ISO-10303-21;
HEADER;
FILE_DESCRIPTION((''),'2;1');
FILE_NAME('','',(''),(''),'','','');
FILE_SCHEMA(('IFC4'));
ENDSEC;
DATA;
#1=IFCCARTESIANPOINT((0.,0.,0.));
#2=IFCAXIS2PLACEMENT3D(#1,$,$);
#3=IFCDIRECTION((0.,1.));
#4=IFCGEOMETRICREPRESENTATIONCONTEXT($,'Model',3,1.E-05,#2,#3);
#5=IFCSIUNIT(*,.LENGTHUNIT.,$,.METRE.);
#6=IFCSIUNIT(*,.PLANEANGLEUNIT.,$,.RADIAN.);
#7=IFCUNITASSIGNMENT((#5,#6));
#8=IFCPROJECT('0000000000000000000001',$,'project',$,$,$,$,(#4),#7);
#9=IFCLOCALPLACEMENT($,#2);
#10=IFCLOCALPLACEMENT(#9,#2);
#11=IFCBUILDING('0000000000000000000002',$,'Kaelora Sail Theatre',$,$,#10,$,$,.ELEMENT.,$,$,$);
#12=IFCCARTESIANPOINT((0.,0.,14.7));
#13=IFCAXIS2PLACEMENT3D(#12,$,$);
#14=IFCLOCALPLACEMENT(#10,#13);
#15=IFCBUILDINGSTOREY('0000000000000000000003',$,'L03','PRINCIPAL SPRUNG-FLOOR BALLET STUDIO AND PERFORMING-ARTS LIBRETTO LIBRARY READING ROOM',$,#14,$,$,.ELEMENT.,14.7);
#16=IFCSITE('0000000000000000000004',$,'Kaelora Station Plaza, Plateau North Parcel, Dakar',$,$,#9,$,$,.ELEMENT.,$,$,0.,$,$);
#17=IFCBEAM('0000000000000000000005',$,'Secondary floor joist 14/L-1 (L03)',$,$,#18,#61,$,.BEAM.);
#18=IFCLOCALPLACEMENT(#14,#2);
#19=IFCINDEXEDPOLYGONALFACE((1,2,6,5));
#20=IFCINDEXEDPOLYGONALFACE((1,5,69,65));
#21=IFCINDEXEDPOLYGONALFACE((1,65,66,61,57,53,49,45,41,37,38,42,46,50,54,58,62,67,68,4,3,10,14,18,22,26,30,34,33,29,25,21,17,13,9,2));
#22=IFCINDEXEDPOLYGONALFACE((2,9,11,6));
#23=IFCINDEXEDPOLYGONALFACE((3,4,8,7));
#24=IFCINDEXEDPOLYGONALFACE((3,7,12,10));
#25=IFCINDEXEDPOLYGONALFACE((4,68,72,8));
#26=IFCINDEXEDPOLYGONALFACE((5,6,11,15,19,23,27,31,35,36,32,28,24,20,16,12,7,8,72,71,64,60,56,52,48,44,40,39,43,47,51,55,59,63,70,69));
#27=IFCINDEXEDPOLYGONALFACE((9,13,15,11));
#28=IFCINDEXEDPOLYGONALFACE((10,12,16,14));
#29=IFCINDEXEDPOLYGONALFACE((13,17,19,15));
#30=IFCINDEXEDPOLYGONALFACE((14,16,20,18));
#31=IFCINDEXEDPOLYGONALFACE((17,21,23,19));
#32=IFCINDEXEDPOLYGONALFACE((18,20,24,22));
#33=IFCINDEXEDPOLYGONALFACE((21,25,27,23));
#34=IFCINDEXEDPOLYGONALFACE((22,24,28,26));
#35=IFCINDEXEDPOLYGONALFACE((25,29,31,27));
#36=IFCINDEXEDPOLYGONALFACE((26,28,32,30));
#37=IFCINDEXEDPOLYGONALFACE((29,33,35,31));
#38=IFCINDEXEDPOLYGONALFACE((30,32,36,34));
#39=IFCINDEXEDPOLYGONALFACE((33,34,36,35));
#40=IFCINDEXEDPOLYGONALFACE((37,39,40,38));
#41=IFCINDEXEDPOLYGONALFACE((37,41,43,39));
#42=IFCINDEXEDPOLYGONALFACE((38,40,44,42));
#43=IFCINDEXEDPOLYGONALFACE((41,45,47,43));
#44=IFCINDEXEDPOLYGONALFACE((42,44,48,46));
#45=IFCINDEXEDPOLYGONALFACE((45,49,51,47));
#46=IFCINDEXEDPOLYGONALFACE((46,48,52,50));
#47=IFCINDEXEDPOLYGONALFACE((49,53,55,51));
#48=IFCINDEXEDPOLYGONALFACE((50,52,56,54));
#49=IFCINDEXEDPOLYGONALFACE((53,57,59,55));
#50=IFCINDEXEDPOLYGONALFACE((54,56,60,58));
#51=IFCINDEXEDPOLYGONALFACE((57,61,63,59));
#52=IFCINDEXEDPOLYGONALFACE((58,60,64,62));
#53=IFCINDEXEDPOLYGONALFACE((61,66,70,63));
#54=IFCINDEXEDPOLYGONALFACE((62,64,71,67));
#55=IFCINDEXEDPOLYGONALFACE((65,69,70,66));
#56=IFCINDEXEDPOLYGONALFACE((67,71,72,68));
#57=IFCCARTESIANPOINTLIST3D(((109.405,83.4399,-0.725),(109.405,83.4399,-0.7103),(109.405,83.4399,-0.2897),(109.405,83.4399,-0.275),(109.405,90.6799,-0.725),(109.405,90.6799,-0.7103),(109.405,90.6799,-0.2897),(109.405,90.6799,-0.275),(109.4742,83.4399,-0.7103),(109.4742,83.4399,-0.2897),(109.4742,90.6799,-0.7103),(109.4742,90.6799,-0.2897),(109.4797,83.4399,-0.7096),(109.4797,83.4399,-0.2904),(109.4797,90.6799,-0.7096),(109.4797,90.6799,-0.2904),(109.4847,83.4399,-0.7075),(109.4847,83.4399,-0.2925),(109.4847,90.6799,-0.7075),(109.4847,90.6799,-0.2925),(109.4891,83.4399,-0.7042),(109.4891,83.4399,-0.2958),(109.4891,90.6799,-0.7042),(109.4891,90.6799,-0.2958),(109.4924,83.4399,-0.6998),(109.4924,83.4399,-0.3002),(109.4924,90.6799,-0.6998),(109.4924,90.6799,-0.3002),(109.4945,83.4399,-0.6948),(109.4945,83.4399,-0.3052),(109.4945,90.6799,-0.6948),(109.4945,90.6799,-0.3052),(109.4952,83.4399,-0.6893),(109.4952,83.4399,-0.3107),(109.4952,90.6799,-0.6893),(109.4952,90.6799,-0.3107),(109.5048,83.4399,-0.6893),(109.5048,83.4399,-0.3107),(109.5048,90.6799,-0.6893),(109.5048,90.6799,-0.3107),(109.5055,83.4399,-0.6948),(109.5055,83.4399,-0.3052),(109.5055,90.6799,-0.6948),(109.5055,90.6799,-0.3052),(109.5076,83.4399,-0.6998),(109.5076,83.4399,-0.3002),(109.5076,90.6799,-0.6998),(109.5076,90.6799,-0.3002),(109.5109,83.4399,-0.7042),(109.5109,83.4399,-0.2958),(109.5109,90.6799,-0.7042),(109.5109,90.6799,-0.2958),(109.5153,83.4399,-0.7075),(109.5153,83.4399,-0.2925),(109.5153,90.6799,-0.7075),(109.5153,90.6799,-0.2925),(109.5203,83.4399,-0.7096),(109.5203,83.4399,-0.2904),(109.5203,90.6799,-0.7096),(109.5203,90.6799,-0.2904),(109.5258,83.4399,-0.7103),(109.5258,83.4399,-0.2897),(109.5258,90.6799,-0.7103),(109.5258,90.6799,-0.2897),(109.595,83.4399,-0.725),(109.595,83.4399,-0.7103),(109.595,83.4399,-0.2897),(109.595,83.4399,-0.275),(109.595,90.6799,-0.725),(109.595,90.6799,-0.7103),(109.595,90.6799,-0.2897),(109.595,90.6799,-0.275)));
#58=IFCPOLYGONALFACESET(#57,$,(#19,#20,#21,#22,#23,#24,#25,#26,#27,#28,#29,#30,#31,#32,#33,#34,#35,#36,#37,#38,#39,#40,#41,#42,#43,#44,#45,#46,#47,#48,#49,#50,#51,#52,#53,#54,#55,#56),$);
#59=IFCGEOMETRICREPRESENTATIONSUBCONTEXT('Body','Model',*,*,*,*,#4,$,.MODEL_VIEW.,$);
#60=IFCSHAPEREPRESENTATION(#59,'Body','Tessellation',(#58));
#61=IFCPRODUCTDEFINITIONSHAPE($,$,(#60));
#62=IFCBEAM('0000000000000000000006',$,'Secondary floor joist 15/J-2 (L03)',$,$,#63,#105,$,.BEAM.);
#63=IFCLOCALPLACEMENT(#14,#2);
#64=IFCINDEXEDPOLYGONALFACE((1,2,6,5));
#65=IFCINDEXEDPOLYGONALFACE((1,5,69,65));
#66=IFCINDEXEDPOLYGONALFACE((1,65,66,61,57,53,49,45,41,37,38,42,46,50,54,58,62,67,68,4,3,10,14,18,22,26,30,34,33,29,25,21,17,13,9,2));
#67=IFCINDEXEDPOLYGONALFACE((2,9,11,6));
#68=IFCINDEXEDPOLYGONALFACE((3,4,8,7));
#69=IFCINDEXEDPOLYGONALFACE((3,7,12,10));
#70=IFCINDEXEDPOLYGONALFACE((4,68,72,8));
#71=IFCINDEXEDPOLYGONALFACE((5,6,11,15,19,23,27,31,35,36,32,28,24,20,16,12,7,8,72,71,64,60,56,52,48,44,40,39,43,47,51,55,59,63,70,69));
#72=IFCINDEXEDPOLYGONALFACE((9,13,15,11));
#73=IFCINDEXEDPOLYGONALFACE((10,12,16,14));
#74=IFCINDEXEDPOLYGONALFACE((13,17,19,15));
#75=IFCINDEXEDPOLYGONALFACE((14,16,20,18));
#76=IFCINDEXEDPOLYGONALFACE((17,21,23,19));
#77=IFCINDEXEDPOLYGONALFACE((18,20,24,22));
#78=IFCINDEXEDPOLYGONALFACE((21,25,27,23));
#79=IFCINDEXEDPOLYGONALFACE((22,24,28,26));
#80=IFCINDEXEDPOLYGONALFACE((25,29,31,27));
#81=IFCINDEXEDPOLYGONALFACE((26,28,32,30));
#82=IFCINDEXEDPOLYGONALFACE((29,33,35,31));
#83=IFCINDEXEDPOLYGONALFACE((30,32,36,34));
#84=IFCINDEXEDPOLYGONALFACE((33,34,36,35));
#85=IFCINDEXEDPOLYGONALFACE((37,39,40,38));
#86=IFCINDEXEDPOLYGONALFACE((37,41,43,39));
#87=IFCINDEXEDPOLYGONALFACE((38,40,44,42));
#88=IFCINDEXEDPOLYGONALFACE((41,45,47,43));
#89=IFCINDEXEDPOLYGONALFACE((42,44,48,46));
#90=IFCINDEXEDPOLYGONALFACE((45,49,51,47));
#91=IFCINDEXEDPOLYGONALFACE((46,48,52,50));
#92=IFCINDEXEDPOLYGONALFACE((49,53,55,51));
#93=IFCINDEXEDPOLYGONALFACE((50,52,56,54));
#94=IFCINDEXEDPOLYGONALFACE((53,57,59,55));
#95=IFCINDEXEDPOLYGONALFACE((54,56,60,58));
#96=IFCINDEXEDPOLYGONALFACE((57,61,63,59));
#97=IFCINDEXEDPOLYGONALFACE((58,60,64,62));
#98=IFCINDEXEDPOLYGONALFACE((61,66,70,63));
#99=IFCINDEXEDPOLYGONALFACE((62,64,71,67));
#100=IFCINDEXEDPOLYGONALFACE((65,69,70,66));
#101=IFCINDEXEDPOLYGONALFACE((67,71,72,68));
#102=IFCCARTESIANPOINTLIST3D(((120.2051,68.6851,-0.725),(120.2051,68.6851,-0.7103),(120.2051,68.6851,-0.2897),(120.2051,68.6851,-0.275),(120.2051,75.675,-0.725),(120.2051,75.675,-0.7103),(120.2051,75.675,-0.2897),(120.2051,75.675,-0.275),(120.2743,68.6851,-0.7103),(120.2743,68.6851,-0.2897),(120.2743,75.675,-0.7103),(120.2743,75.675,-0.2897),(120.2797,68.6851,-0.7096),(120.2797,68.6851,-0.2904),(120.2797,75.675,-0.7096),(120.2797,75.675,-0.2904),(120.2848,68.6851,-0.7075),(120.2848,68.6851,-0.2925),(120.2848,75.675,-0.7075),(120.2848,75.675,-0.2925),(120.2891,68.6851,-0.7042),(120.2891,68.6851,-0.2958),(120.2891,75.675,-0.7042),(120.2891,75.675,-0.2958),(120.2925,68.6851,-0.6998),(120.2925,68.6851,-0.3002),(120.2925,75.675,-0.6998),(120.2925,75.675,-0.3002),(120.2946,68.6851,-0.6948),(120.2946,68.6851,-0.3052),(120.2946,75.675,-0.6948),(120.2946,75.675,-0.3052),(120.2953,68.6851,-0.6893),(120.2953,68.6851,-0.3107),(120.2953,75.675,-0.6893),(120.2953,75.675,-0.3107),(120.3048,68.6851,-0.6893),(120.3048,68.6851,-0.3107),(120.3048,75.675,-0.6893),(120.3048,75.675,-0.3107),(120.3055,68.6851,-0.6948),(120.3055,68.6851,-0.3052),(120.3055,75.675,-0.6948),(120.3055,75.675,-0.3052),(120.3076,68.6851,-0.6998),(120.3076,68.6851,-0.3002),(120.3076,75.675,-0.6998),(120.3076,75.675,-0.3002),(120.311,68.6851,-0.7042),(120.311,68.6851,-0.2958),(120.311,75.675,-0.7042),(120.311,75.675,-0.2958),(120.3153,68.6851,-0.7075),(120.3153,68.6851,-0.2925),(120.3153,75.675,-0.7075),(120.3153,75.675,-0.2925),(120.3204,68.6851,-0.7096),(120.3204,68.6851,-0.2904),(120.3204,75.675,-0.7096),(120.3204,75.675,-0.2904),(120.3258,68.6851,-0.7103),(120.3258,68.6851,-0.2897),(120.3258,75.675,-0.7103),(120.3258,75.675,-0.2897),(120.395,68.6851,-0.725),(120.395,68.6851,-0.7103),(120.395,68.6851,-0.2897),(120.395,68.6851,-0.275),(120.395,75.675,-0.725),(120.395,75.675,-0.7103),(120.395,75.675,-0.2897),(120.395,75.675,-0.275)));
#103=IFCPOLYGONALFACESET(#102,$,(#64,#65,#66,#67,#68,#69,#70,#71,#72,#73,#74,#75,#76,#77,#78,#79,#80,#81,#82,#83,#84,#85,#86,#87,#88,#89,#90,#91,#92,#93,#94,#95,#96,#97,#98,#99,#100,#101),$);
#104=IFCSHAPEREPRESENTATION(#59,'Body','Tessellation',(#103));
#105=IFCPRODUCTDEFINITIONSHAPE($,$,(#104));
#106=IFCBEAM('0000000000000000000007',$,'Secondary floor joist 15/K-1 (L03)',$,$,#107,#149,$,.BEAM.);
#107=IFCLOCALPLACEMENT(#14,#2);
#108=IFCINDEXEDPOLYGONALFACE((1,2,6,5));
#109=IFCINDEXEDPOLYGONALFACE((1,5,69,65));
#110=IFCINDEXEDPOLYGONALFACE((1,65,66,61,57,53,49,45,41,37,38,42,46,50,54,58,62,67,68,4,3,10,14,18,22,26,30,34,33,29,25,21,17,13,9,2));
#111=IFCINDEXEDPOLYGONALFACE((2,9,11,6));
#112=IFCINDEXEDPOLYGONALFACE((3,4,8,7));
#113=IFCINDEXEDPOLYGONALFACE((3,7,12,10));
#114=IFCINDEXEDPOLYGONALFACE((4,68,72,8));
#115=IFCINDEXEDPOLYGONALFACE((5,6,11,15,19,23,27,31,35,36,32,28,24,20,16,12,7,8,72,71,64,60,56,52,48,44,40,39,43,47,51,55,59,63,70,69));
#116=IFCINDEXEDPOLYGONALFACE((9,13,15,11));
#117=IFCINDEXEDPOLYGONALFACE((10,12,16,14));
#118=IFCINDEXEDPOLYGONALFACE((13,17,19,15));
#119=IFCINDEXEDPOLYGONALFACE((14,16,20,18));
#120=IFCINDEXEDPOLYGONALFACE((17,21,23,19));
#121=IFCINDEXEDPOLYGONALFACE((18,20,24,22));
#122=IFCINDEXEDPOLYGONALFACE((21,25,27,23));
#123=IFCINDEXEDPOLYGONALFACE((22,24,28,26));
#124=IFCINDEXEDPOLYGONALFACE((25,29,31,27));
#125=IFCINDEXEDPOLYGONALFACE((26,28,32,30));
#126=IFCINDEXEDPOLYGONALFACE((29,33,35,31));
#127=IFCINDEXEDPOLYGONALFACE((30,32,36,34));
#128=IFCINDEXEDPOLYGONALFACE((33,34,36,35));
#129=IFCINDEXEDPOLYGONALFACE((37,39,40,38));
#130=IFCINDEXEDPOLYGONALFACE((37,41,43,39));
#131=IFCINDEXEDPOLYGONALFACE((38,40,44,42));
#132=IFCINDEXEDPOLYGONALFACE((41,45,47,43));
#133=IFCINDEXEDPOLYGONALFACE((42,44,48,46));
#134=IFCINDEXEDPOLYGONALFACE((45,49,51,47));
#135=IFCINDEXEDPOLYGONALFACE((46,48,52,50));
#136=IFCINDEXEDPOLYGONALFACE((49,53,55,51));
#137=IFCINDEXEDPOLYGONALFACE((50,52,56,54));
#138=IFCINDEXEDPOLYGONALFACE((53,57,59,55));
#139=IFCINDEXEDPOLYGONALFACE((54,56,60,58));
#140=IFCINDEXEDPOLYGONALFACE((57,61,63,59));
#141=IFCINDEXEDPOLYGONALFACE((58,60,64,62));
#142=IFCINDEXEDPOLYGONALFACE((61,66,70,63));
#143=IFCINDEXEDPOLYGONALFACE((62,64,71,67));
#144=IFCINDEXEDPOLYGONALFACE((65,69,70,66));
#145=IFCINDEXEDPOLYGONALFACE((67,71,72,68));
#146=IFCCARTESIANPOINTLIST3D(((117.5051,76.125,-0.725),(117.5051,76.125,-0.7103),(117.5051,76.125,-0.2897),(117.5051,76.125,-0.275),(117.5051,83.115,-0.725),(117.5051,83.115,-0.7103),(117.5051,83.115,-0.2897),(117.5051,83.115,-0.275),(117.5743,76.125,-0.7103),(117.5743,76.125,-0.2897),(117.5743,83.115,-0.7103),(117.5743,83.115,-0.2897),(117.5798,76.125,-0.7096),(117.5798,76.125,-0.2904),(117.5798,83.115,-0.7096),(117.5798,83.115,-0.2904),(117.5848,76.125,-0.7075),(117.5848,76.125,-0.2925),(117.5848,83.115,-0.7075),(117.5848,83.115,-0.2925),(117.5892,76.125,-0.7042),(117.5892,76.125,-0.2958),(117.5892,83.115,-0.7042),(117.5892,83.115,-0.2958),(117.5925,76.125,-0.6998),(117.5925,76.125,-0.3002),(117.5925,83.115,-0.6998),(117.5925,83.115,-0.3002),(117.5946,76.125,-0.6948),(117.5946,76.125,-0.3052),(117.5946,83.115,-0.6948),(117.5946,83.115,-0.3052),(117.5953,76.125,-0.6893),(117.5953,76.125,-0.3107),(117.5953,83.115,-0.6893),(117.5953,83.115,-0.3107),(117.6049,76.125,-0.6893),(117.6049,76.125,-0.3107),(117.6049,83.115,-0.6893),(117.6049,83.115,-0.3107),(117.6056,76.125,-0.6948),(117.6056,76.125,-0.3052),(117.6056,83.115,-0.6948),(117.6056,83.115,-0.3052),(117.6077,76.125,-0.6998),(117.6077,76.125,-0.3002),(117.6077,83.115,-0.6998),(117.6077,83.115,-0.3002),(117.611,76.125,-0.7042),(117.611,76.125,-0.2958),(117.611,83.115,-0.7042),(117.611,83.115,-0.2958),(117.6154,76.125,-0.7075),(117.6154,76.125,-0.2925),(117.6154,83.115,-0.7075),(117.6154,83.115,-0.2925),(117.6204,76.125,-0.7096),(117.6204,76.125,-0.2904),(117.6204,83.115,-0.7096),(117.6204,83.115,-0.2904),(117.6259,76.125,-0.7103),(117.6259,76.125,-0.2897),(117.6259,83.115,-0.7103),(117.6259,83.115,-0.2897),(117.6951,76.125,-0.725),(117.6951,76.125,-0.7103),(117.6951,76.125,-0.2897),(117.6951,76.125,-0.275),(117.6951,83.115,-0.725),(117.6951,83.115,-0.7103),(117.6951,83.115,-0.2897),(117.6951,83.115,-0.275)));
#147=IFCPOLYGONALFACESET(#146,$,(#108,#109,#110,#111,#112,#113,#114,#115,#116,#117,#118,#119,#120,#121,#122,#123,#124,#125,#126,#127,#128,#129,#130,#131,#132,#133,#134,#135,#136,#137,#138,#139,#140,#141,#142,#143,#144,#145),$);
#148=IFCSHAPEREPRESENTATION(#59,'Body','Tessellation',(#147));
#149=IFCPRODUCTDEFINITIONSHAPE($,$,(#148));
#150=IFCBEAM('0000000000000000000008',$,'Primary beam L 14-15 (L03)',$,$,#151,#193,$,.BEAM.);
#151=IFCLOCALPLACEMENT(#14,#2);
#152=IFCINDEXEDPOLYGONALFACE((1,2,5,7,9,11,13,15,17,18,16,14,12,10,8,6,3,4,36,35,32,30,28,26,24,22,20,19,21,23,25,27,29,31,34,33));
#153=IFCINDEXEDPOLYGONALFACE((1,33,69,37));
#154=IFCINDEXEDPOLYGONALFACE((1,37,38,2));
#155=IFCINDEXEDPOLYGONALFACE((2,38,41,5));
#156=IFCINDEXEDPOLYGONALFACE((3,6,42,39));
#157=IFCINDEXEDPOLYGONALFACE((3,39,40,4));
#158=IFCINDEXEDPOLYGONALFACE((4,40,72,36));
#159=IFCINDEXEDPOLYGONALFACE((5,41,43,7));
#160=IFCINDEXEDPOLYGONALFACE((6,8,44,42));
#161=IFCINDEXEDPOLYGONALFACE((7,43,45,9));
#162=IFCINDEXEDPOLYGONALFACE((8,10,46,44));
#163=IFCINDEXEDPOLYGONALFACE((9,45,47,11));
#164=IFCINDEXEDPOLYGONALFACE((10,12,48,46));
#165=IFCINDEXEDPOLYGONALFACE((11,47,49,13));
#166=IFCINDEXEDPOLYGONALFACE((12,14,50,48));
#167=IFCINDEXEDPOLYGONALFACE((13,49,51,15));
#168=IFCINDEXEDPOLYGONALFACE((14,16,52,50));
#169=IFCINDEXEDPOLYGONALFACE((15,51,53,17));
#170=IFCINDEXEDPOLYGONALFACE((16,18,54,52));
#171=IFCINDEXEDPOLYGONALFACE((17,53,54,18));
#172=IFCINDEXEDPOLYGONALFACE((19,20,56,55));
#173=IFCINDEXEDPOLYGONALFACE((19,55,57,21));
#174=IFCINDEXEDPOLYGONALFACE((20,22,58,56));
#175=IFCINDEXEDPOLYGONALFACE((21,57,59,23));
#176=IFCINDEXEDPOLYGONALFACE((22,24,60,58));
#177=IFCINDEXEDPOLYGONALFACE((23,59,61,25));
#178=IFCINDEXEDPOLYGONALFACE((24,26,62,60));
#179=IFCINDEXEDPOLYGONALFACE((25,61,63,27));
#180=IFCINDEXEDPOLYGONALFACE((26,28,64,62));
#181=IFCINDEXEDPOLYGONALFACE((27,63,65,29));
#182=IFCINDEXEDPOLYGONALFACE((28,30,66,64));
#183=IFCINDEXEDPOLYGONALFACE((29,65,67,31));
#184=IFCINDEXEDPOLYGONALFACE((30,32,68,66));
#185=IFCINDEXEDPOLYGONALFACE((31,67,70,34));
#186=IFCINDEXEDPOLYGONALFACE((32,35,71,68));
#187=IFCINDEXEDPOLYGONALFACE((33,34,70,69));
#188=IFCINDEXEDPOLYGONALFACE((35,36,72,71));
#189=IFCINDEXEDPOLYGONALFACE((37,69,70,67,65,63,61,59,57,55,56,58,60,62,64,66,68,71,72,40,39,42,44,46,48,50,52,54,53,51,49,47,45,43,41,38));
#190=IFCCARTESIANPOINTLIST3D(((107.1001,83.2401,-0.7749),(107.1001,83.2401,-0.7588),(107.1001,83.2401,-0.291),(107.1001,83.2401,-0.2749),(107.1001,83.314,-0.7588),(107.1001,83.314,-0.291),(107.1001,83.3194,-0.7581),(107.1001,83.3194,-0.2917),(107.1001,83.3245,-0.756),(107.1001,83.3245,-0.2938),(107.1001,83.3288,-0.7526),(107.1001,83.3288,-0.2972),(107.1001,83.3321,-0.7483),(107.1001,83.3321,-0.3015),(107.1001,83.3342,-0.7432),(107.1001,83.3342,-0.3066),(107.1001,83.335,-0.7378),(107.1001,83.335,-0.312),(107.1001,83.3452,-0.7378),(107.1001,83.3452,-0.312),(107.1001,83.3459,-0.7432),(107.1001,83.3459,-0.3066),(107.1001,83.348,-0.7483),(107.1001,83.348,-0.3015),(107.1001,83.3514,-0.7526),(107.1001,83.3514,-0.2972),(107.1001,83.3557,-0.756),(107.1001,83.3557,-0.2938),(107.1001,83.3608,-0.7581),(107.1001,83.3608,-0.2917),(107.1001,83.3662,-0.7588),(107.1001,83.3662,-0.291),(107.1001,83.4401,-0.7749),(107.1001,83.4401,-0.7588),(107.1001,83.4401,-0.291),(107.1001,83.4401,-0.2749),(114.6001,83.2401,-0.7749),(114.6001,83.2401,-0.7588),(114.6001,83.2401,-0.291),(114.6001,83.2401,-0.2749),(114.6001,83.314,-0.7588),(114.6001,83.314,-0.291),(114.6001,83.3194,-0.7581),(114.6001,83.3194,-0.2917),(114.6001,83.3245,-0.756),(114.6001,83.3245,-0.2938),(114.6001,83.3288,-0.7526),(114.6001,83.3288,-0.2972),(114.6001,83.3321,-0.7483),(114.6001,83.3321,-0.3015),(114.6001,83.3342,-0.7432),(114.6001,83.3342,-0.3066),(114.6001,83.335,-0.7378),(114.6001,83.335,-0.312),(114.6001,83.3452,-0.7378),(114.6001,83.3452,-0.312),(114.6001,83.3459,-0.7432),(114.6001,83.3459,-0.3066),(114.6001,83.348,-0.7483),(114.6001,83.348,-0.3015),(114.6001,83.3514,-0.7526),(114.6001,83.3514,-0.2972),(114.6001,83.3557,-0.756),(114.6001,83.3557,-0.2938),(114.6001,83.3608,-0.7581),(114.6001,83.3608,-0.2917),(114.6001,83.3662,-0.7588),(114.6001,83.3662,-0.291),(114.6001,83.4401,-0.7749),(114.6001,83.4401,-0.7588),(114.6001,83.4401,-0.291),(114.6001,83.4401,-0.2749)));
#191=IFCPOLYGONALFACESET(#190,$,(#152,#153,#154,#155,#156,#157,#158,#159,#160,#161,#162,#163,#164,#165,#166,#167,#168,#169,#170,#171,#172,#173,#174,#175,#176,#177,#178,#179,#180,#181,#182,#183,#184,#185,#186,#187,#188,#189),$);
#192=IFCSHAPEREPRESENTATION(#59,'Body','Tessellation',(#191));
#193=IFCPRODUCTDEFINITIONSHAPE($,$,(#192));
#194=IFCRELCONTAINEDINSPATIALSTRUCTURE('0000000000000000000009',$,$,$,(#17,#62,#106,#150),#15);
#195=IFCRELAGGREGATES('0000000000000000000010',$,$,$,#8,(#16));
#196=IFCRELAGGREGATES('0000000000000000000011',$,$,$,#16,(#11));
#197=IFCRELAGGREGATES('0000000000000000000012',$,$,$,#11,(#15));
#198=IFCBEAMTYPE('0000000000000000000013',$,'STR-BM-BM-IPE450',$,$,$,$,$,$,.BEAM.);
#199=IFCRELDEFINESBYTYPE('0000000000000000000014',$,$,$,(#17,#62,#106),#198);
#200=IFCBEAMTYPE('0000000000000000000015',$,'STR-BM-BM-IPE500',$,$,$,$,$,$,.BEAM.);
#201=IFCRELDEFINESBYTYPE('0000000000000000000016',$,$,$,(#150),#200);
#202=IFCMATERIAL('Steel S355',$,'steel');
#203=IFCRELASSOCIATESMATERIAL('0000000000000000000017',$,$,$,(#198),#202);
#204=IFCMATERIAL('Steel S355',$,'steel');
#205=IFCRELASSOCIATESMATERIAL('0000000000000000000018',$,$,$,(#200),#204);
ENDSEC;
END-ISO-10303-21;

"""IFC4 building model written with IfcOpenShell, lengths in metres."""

from ifc_helpers import new_model, si_unit, direction, frame, origin, origin_2d, place, context, subcontext, project, spatial, i_section, extrude, material, material_profile, profile_set, type_object, element, save


model = new_model("IFC4")

# Units and contexts
model_context = context("Model", 3, precision=1e-05, world=origin(), true_north=direction((0.0, 1.0)))
body_context = subcontext(model_context, "Body", "Model", "MODEL_VIEW")
ifc_project = project(units=[si_unit("LENGTHUNIT", "METRE"), si_unit("PLANEANGLEUNIT", "RADIAN")], contexts=[model_context])

# Site, building, storey
site_placement = place(None, origin())
site = spatial("IfcSite", under=ifc_project, at=site_placement, Name="Kaelora Station Plaza, Plateau North Parcel, Dakar", CompositionType="ELEMENT", RefElevation=0.0)
building_placement = place(site_placement, origin())
building = spatial("IfcBuilding", under=site, at=building_placement, Name="Kaelora Sail Theatre", CompositionType="ELEMENT")
storey_placement = place(building_placement, frame((0.0, 0.0, 14.7)))
storey = spatial("IfcBuildingStorey", under=building, at=storey_placement, Name="L03", Description="PRINCIPAL SPRUNG-FLOOR BALLET STUDIO AND PERFORMING-ARTS LIBRETTO LIBRARY READING ROOM", CompositionType="ELEMENT", Elevation=14.7)

# Beams
ifc_material_1 = material(Name="Steel S355", Category="steel")
ifc_material_profile_1 = material_profile(ifc_material_1, i_section(OverallWidth=0.1899, OverallDepth=0.45, WebThickness=0.0095, FlangeThickness=0.0146, FilletRadius=0.021, at=origin_2d()), Name="IPE 450")
ifc_profile_set_1 = profile_set([ifc_material_profile_1], Name="Steel S355")
beam_type_1 = type_object("IfcBeamType", Name="STR-BM-BM-IPE450", PredefinedType="BEAM", material=ifc_profile_set_1)
for number, where, z_axis, x_axis, name in (
    (1, (109.5, 83.4399, -0.5), (0.0, 1.0, 0.0), (-1.0, 0.0, 0.0), "Secondary floor joist 14/L-1 (L03)"),
):
    element("IfcBeam", number, at=place(storey_placement, frame(where, z_axis=z_axis, x_axis=x_axis)), inside=storey, type_object=beam_type_1, Name=name, PredefinedType="BEAM", context=body_context, shape_type="SweptSolid", body=[
        extrude(i_section(OverallWidth=0.1899, OverallDepth=0.45, WebThickness=0.0095, FlangeThickness=0.0146, FilletRadius=0.021, at=origin_2d()), origin(), (0.0, 0.0, 1.0), 7.24),
    ])
for number, where, z_axis, x_axis, name in (
    (2, (120.3, 68.6851, -0.5), (0.0, 1.0, 0.0), (-1.0, 0.0, 0.0), "Secondary floor joist 15/J-2 (L03)"),
    (3, (117.6001, 76.125, -0.5), (0.0, 1.0, 0.0), (-1.0, 0.0, 0.0), "Secondary floor joist 15/K-1 (L03)"),
):
    element("IfcBeam", number, at=place(storey_placement, frame(where, z_axis=z_axis, x_axis=x_axis)), inside=storey, type_object=beam_type_1, Name=name, PredefinedType="BEAM", context=body_context, shape_type="SweptSolid", body=[
        extrude(i_section(OverallWidth=0.1899, OverallDepth=0.45, WebThickness=0.0095, FlangeThickness=0.0146, FilletRadius=0.021, at=origin_2d()), origin(), (0.0, 0.0, 1.0), 6.99),
    ])
ifc_material_2 = material(Name="Steel S355", Category="steel")
ifc_material_profile_2 = material_profile(ifc_material_2, i_section(OverallWidth=0.2, OverallDepth=0.5, WebThickness=0.0103, FlangeThickness=0.0161, FilletRadius=0.021, at=origin_2d()), Name="IPE 500")
ifc_profile_set_2 = profile_set([ifc_material_profile_2], Name="Steel S355")
beam_type_2 = type_object("IfcBeamType", Name="STR-BM-BM-IPE500", PredefinedType="BEAM", material=ifc_profile_set_2)
for number, where, z_axis, x_axis, name in (
    (4, (107.1001, 83.3401, -0.5249), (1.0, 0.0, 0.0), (0.0, 1.0, 0.0), "Primary beam L 14-15 (L03)"),
):
    element("IfcBeam", number, at=place(storey_placement, frame(where, z_axis=z_axis, x_axis=x_axis)), inside=storey, type_object=beam_type_2, Name=name, PredefinedType="BEAM", context=body_context, shape_type="SweptSolid", body=[
        extrude(i_section(OverallWidth=0.2, OverallDepth=0.5, WebThickness=0.0103, FlangeThickness=0.0161, FilletRadius=0.021, at=origin_2d()), origin(), (0.0, 0.0, 1.0), 7.5),
    ])

save(model, "model.ifc")
